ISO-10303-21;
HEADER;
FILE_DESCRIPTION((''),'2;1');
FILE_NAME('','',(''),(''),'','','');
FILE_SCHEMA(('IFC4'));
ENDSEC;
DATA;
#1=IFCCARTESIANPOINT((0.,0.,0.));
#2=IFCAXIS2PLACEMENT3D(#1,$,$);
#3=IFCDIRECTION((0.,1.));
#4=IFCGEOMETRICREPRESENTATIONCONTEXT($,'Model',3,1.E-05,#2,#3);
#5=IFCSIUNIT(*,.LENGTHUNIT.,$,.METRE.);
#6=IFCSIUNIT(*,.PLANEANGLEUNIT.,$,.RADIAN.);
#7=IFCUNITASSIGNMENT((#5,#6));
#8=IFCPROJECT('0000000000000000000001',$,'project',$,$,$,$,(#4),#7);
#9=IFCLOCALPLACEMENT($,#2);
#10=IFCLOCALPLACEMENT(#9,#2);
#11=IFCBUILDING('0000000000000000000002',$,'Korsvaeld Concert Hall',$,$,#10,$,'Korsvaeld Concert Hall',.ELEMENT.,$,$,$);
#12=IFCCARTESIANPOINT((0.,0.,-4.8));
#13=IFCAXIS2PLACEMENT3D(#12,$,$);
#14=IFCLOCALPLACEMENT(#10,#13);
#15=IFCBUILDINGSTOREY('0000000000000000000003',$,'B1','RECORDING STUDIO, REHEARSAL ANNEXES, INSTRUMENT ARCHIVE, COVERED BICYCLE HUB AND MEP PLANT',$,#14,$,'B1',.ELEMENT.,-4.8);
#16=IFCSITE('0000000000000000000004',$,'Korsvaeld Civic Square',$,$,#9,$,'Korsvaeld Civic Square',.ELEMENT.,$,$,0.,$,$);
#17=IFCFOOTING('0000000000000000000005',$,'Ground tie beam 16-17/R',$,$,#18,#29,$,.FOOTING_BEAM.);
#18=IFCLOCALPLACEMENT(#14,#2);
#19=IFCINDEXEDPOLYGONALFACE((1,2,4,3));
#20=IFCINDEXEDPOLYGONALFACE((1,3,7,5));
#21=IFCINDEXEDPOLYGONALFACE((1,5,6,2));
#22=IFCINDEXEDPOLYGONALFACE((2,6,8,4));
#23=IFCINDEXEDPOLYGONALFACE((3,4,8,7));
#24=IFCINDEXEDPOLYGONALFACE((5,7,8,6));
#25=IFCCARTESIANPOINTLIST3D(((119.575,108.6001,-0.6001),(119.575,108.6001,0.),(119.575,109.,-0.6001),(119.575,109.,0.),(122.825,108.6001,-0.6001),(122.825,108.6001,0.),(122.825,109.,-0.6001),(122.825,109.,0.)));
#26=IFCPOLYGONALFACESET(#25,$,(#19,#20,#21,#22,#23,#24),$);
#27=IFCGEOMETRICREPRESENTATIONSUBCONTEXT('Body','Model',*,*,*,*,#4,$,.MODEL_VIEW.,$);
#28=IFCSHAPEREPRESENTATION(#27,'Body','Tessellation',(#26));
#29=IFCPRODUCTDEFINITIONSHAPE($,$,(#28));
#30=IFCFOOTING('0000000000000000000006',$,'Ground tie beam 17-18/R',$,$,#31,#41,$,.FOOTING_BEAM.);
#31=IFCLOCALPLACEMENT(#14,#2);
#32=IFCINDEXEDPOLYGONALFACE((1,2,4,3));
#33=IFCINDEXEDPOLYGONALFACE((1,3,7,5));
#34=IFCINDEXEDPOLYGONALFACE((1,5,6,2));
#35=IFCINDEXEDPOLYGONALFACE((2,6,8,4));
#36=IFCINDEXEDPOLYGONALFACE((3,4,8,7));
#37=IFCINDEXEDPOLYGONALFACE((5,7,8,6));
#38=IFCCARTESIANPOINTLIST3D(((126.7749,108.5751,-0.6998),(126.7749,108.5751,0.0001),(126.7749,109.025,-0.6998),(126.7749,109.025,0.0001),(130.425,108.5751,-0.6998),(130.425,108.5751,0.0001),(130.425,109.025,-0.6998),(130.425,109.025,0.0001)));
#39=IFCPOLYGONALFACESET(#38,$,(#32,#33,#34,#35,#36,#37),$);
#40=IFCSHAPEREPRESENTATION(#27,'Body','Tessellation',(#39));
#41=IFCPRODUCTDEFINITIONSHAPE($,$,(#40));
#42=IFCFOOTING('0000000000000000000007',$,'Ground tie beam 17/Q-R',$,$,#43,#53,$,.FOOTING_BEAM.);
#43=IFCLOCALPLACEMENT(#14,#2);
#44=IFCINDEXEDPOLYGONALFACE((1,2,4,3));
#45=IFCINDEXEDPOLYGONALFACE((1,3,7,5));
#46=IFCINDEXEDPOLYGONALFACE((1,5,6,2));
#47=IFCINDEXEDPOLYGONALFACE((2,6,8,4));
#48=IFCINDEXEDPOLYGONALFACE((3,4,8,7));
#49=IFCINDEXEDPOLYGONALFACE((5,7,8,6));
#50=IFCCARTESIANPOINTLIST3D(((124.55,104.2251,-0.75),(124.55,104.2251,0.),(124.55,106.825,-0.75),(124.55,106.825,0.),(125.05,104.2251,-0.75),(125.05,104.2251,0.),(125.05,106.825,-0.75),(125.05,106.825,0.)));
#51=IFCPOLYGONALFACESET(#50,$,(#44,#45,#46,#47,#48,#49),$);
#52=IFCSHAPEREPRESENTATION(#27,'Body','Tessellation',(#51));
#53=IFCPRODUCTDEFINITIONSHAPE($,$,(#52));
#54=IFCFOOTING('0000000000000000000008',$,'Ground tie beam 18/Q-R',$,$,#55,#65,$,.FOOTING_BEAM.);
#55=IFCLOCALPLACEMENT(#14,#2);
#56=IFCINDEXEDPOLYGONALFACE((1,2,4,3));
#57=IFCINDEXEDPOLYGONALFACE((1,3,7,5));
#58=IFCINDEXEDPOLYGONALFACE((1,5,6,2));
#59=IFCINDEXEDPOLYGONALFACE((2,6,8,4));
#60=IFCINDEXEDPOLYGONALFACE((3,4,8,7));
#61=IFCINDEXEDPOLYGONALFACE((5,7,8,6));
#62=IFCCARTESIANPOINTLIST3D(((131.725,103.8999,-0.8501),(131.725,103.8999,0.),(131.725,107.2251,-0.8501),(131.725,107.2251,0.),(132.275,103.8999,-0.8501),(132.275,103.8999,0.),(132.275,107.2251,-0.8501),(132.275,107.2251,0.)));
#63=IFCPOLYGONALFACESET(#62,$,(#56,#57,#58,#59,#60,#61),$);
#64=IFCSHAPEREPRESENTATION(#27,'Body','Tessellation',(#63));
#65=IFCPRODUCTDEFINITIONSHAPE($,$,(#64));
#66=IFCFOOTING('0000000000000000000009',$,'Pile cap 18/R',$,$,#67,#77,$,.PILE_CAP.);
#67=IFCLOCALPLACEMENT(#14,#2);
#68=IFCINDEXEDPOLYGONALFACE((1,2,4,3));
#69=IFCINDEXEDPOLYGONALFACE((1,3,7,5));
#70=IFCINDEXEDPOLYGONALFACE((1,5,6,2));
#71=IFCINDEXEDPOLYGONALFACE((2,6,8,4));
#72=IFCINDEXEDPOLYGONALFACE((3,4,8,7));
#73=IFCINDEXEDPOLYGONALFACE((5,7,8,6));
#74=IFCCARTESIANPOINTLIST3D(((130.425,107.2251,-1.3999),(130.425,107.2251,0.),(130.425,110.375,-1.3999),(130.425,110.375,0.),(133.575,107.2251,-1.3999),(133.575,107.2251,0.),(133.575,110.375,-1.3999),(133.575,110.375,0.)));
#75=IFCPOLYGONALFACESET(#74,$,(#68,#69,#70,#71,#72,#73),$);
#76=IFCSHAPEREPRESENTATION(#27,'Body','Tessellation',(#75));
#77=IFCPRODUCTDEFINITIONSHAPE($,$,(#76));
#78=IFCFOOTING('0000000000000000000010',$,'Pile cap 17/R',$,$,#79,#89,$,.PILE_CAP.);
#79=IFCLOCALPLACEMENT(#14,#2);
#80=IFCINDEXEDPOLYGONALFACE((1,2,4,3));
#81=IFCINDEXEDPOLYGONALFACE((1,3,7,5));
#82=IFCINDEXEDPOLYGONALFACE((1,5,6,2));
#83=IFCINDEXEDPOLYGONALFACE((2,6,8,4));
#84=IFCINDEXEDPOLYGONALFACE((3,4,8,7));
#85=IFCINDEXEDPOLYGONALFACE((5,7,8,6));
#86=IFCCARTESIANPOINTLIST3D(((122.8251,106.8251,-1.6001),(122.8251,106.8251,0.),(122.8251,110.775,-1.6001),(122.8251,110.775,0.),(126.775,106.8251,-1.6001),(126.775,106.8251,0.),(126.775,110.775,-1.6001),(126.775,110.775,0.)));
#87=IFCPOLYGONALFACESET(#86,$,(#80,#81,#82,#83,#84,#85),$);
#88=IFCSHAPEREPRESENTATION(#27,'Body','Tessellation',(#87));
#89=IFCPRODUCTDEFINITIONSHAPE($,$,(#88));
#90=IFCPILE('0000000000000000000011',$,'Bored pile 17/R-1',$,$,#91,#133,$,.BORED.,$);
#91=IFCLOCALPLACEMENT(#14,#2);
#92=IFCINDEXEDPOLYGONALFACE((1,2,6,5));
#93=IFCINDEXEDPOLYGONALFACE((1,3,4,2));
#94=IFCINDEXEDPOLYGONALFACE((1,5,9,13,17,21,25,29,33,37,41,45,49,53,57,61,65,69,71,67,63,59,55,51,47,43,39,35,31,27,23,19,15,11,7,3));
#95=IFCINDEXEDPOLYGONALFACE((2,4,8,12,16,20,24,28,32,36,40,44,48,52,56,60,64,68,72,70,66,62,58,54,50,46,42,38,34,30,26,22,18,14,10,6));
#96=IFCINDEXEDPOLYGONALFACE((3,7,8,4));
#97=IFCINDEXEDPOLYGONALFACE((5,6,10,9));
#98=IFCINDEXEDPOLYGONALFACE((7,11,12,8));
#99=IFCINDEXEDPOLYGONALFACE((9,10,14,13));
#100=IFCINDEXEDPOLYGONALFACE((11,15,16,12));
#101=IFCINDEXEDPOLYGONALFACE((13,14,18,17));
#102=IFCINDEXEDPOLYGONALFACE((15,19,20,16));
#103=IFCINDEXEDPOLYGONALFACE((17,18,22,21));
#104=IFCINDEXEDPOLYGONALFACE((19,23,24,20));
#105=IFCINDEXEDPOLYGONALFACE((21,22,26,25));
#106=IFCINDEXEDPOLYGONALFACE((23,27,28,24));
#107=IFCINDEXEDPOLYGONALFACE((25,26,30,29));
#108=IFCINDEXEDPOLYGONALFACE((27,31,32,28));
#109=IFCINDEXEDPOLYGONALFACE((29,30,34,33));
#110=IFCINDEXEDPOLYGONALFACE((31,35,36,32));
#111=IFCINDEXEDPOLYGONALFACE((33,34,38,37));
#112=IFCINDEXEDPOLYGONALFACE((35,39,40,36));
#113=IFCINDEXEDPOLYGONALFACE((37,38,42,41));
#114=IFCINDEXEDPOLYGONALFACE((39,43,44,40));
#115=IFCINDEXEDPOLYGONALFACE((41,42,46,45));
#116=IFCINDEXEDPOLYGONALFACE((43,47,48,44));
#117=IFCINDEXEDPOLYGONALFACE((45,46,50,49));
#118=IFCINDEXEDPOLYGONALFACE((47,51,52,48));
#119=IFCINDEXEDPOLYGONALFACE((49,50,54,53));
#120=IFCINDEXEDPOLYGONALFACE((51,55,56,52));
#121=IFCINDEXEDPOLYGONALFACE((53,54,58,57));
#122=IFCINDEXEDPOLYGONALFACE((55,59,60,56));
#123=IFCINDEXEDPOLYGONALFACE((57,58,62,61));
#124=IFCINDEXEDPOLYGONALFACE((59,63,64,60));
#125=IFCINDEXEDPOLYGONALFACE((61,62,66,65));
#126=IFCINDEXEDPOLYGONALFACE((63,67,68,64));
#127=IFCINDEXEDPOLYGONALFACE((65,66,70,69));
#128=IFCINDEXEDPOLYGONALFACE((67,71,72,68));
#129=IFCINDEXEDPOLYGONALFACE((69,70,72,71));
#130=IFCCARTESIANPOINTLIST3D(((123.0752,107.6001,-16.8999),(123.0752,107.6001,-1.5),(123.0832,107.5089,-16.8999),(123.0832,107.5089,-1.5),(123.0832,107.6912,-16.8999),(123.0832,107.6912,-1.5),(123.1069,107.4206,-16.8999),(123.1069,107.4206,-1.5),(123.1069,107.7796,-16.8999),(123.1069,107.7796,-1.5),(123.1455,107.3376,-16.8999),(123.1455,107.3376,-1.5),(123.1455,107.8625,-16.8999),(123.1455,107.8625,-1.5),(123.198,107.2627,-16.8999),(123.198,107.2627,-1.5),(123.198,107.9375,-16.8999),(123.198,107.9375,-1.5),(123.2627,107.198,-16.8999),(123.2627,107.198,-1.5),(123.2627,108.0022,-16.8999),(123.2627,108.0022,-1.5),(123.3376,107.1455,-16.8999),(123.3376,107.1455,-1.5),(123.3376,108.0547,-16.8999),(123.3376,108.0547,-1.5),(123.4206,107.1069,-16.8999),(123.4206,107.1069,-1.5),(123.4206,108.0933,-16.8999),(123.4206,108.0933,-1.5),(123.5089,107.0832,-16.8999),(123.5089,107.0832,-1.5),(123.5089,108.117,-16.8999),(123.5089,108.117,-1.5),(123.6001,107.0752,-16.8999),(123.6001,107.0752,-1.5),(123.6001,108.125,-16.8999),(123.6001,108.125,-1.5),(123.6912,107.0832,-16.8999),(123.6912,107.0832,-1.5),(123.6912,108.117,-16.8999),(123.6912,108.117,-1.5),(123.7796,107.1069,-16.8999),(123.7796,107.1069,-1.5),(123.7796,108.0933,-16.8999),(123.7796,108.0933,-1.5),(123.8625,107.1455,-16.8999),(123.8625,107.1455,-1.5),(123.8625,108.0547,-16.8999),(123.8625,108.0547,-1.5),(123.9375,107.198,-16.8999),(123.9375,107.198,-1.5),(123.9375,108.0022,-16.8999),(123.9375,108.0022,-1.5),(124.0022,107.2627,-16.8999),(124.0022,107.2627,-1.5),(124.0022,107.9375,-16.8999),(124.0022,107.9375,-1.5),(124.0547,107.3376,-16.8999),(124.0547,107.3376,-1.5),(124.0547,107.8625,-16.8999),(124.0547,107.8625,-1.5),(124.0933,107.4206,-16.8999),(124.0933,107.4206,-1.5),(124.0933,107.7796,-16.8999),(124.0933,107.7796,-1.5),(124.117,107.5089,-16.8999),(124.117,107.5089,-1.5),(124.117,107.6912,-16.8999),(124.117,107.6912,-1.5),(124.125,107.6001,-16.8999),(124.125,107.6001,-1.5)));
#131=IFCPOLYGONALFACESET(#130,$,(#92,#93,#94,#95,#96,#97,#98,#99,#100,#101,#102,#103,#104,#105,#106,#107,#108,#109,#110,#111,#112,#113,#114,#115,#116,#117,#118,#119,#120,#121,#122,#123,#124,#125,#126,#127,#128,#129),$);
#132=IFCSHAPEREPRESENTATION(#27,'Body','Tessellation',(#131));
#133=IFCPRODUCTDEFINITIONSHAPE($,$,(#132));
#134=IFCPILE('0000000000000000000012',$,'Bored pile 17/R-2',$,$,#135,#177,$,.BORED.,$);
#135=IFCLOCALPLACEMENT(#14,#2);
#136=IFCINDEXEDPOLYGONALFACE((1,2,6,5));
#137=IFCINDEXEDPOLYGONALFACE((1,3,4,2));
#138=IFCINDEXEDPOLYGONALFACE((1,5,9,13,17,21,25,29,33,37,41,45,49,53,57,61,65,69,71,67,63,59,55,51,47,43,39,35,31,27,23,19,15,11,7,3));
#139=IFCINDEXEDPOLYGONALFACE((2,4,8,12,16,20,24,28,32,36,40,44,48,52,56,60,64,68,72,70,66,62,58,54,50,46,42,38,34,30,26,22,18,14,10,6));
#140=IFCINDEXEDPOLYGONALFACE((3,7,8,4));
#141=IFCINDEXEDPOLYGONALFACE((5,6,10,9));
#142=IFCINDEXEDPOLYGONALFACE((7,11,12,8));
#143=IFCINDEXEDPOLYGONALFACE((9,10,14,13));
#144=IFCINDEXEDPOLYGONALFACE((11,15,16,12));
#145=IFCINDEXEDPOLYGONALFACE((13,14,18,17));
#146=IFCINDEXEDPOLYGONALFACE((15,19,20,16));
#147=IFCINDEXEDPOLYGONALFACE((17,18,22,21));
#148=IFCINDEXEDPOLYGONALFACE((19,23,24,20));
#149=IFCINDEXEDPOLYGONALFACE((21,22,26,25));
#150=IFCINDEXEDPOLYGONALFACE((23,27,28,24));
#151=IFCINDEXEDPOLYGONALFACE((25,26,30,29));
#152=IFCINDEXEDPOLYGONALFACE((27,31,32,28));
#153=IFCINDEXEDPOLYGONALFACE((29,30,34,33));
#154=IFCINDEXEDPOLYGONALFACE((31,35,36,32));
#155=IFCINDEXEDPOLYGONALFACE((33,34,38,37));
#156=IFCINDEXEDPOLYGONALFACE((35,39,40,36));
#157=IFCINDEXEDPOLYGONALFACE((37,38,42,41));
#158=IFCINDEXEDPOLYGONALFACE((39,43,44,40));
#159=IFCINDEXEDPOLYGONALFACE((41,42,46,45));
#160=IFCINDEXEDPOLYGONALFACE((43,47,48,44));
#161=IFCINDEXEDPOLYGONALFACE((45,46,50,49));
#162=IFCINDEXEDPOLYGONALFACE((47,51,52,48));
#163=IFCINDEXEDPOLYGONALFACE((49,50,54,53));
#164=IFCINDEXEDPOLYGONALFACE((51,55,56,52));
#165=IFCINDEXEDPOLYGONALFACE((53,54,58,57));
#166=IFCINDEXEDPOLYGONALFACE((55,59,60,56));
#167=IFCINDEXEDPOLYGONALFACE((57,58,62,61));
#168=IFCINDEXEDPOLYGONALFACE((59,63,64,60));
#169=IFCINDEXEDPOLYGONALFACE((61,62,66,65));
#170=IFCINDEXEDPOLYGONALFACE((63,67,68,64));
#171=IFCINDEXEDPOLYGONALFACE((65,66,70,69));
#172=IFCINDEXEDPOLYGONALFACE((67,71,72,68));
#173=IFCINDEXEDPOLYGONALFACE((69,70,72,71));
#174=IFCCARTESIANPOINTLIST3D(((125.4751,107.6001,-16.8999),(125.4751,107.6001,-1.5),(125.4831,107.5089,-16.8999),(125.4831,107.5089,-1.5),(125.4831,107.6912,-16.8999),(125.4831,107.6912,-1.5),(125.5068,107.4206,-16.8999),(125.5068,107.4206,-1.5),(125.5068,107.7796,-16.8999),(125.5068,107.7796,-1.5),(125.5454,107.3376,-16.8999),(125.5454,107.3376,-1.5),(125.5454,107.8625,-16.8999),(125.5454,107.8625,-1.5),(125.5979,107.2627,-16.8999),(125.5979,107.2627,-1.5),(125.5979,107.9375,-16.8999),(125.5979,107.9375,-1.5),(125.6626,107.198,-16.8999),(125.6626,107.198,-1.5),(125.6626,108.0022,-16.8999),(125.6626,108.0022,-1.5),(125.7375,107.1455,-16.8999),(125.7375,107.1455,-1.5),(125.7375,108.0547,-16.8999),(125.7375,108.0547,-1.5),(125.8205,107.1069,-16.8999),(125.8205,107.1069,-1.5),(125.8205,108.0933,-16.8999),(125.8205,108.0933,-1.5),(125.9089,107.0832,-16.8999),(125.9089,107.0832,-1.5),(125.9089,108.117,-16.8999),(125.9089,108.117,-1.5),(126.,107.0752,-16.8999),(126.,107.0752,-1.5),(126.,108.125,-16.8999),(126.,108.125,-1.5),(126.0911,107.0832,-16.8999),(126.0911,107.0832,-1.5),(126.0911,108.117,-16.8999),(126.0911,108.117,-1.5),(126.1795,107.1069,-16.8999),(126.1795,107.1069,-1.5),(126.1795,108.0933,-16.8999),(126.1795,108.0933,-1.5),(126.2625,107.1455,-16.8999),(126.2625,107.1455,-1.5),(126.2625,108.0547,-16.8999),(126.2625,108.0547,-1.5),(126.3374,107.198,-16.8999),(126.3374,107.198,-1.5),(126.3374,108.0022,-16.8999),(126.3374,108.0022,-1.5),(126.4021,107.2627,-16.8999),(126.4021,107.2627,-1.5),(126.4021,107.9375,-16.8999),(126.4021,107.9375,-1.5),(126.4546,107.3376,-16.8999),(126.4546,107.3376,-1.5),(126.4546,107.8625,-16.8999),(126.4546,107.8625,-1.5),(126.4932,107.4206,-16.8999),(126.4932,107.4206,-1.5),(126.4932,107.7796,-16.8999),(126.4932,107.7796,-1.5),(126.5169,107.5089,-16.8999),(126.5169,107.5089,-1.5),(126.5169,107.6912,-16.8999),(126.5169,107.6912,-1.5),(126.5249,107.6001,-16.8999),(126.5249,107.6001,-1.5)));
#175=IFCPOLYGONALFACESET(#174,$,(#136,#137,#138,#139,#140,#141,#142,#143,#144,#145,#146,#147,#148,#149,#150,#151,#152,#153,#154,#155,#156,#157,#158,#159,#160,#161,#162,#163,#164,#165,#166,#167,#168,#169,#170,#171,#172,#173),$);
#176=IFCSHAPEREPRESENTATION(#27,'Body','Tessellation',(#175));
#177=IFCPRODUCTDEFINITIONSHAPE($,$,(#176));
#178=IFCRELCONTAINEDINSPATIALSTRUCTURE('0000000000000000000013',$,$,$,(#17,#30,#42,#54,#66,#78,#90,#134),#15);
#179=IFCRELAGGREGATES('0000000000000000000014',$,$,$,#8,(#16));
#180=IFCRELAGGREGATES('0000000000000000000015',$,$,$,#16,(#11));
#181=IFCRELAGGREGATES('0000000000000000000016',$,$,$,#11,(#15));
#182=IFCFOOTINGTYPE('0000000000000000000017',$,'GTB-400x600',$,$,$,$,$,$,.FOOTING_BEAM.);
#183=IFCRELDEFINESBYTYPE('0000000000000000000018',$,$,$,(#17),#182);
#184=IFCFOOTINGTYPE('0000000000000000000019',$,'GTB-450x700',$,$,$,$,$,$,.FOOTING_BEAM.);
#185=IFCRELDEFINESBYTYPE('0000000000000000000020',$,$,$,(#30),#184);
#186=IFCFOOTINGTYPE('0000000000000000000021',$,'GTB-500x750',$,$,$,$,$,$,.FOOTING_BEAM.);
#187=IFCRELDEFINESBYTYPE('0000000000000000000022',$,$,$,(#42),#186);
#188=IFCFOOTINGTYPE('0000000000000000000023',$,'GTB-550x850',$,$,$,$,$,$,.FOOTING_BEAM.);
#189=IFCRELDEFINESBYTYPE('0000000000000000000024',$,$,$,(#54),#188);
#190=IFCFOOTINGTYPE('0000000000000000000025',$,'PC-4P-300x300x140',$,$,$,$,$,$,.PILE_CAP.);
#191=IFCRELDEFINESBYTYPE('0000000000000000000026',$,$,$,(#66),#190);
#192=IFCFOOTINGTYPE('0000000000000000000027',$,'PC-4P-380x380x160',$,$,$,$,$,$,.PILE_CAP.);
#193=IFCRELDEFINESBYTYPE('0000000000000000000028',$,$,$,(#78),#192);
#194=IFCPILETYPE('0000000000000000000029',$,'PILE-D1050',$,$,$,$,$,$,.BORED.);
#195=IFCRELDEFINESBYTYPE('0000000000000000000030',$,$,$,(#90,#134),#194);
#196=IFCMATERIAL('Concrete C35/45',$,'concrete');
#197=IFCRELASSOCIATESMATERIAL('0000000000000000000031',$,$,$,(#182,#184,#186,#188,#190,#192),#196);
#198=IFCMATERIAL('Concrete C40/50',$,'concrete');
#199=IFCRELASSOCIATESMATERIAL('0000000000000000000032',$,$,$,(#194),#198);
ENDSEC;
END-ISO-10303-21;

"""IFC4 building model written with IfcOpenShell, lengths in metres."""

from ifc_helpers import new_model, si_unit, direction, frame, origin, origin_2d, place, context, subcontext, project, spatial, rectangle, circle, extrude, material, material_profile, profile_set, type_object, element, save


model = new_model("IFC4")

# Units and contexts
model_context = context("Model", 3, precision=1e-05, world=origin(), true_north=direction((0.0, 1.0)))
body_context = subcontext(model_context, "Body", "Model", "MODEL_VIEW")
ifc_project = project(units=[si_unit("LENGTHUNIT", "METRE"), si_unit("PLANEANGLEUNIT", "RADIAN")], contexts=[model_context])

# Site, building, storey
site_placement = place(None, origin())
site = spatial("IfcSite", under=ifc_project, at=site_placement, Name="Korsvaeld Civic Square", LongName="Korsvaeld Civic Square", CompositionType="ELEMENT", RefElevation=0.0)
building_placement = place(site_placement, origin())
building = spatial("IfcBuilding", under=site, at=building_placement, Name="Korsvaeld Concert Hall", LongName="Korsvaeld Concert Hall", CompositionType="ELEMENT")
storey_placement = place(building_placement, frame((0.0, 0.0, -4.8)))
storey = spatial("IfcBuildingStorey", under=building, at=storey_placement, Name="B1", Description="RECORDING STUDIO, REHEARSAL ANNEXES, INSTRUMENT ARCHIVE, COVERED BICYCLE HUB AND MEP PLANT", LongName="B1", CompositionType="ELEMENT", Elevation=-4.8)

# Footings
ifc_material_1 = material(Name="Concrete C35/45", Category="concrete")
ifc_material_profile_1 = material_profile(ifc_material_1, rectangle(XDim=0.3999, YDim=0.6001, at=origin_2d()), Name="GTB 400x600")
ifc_profile_set_1 = profile_set([ifc_material_profile_1], Name="Concrete C35/45")
footing_type_1 = type_object("IfcFootingType", Name="GTB-400x600", PredefinedType="FOOTING_BEAM", material=ifc_profile_set_1)
footing_1_placement = place(storey_placement, frame((119.575, 108.8, -0.3), z_axis=(1.0, 0.0, 0.0), x_axis=(0.0, 1.0, 0.0)))
element("IfcFooting", 1, at=footing_1_placement, inside=storey, type_object=footing_type_1, Name="Ground tie beam 16-17/R", PredefinedType="FOOTING_BEAM", context=body_context, shape_type="SweptSolid", body=[
    extrude(rectangle(XDim=0.3999, YDim=0.6001, at=origin_2d()), origin(), (0.0, 0.0, 1.0), 3.25),
])
ifc_material_profile_2 = material_profile(ifc_material_1, rectangle(XDim=0.45, YDim=0.7, at=origin_2d()), Name="GTB 450x700")
ifc_profile_set_2 = profile_set([ifc_material_profile_2], Name="Concrete C35/45")
footing_type_2 = type_object("IfcFootingType", Name="GTB-450x700", PredefinedType="FOOTING_BEAM", material=ifc_profile_set_2)
footing_2_placement = place(storey_placement, frame((126.7749, 108.8, -0.3499), z_axis=(1.0, 0.0, 0.0), x_axis=(0.0, 1.0, 0.0)))
element("IfcFooting", 2, at=footing_2_placement, inside=storey, type_object=footing_type_2, Name="Ground tie beam 17-18/R", PredefinedType="FOOTING_BEAM", context=body_context, shape_type="SweptSolid", body=[
    extrude(rectangle(XDim=0.45, YDim=0.7, at=origin_2d()), origin(), (0.0, 0.0, 1.0), 3.6501),
])
ifc_material_profile_3 = material_profile(ifc_material_1, rectangle(XDim=0.5, YDim=0.75, at=origin_2d()), Name="GTB 500x750")
ifc_profile_set_3 = profile_set([ifc_material_profile_3], Name="Concrete C35/45")
footing_type_3 = type_object("IfcFootingType", Name="GTB-500x750", PredefinedType="FOOTING_BEAM", material=ifc_profile_set_3)
footing_3_placement = place(storey_placement, frame((124.8, 104.2251, -0.375), z_axis=(0.0, 1.0, 0.0), x_axis=(-1.0, 0.0, 0.0)))
element("IfcFooting", 3, at=footing_3_placement, inside=storey, type_object=footing_type_3, Name="Ground tie beam 17/Q-R", PredefinedType="FOOTING_BEAM", context=body_context, shape_type="SweptSolid", body=[
    extrude(rectangle(XDim=0.5, YDim=0.75, at=origin_2d()), origin(), (0.0, 0.0, 1.0), 2.5999),
])
ifc_material_profile_4 = material_profile(ifc_material_1, rectangle(XDim=0.55, YDim=0.8501, at=origin_2d()), Name="GTB 550x850")
ifc_profile_set_4 = profile_set([ifc_material_profile_4], Name="Concrete C35/45")
footing_type_4 = type_object("IfcFootingType", Name="GTB-550x850", PredefinedType="FOOTING_BEAM", material=ifc_profile_set_4)
footing_4_placement = place(storey_placement, frame((132.0, 103.8999, -0.425), z_axis=(0.0, 1.0, 0.0), x_axis=(-1.0, 0.0, 0.0)))
element("IfcFooting", 4, at=footing_4_placement, inside=storey, type_object=footing_type_4, Name="Ground tie beam 18/Q-R", PredefinedType="FOOTING_BEAM", context=body_context, shape_type="SweptSolid", body=[
    extrude(rectangle(XDim=0.55, YDim=0.8501, at=origin_2d()), origin(), (0.0, 0.0, 1.0), 3.3252),
])
footing_type_5 = type_object("IfcFootingType", Name="PC-4P-300x300x140", PredefinedType="PILE_CAP", material=ifc_material_1)
footing_5_placement = place(storey_placement, frame((132.0, 108.8, -1.3999), z_axis=(0.0, 0.0, 1.0), x_axis=(1.0, 0.0, 0.0)))
element("IfcFooting", 5, at=footing_5_placement, inside=storey, type_object=footing_type_5, Name="Pile cap 18/R", PredefinedType="PILE_CAP", context=body_context, shape_type="SweptSolid", body=[
    extrude(rectangle(XDim=3.1499, YDim=3.1499, at=origin_2d()), origin(), (0.0, 0.0, 1.0), 1.3999),
])
footing_type_6 = type_object("IfcFootingType", Name="PC-4P-380x380x160", PredefinedType="PILE_CAP", material=ifc_material_1)
footing_6_placement = place(storey_placement, frame((124.8, 108.8, -1.6001), z_axis=(0.0, 0.0, 1.0), x_axis=(1.0, 0.0, 0.0)))
element("IfcFooting", 6, at=footing_6_placement, inside=storey, type_object=footing_type_6, Name="Pile cap 17/R", PredefinedType="PILE_CAP", context=body_context, shape_type="SweptSolid", body=[
    extrude(rectangle(XDim=3.95, YDim=3.95, at=origin_2d()), origin(), (0.0, 0.0, 1.0), 1.6001),
])

# Piles
ifc_material_2 = material(Name="Concrete C40/50", Category="concrete")
ifc_material_profile_5 = material_profile(ifc_material_2, circle(Radius=0.5249, at=origin_2d()), Name="BORED PILE D1050")
ifc_profile_set_5 = profile_set([ifc_material_profile_5], Name="Concrete C40/50")
pile_type_1 = type_object("IfcPileType", Name="PILE-D1050", PredefinedType="BORED", material=ifc_profile_set_5)
for number, where, z_axis, x_axis, name in (
    (7, (123.6001, 107.6001, -1.5), (0.0, 0.0, -1.0), (1.0, 0.0, 0.0), "Bored pile 17/R-1"),
    (8, (126.0, 107.6001, -1.5), (0.0, 0.0, -1.0), (1.0, 0.0, 0.0), "Bored pile 17/R-2"),
):
    element("IfcPile", number, at=place(storey_placement, frame(where, z_axis=z_axis, x_axis=x_axis)), inside=storey, type_object=pile_type_1, Name=name, PredefinedType="BORED", context=body_context, shape_type="SweptSolid", body=[
        extrude(circle(Radius=0.5249, at=origin_2d()), origin(), (0.0, 0.0, 1.0), 15.3999),
    ])

save(model, "model.ifc")
